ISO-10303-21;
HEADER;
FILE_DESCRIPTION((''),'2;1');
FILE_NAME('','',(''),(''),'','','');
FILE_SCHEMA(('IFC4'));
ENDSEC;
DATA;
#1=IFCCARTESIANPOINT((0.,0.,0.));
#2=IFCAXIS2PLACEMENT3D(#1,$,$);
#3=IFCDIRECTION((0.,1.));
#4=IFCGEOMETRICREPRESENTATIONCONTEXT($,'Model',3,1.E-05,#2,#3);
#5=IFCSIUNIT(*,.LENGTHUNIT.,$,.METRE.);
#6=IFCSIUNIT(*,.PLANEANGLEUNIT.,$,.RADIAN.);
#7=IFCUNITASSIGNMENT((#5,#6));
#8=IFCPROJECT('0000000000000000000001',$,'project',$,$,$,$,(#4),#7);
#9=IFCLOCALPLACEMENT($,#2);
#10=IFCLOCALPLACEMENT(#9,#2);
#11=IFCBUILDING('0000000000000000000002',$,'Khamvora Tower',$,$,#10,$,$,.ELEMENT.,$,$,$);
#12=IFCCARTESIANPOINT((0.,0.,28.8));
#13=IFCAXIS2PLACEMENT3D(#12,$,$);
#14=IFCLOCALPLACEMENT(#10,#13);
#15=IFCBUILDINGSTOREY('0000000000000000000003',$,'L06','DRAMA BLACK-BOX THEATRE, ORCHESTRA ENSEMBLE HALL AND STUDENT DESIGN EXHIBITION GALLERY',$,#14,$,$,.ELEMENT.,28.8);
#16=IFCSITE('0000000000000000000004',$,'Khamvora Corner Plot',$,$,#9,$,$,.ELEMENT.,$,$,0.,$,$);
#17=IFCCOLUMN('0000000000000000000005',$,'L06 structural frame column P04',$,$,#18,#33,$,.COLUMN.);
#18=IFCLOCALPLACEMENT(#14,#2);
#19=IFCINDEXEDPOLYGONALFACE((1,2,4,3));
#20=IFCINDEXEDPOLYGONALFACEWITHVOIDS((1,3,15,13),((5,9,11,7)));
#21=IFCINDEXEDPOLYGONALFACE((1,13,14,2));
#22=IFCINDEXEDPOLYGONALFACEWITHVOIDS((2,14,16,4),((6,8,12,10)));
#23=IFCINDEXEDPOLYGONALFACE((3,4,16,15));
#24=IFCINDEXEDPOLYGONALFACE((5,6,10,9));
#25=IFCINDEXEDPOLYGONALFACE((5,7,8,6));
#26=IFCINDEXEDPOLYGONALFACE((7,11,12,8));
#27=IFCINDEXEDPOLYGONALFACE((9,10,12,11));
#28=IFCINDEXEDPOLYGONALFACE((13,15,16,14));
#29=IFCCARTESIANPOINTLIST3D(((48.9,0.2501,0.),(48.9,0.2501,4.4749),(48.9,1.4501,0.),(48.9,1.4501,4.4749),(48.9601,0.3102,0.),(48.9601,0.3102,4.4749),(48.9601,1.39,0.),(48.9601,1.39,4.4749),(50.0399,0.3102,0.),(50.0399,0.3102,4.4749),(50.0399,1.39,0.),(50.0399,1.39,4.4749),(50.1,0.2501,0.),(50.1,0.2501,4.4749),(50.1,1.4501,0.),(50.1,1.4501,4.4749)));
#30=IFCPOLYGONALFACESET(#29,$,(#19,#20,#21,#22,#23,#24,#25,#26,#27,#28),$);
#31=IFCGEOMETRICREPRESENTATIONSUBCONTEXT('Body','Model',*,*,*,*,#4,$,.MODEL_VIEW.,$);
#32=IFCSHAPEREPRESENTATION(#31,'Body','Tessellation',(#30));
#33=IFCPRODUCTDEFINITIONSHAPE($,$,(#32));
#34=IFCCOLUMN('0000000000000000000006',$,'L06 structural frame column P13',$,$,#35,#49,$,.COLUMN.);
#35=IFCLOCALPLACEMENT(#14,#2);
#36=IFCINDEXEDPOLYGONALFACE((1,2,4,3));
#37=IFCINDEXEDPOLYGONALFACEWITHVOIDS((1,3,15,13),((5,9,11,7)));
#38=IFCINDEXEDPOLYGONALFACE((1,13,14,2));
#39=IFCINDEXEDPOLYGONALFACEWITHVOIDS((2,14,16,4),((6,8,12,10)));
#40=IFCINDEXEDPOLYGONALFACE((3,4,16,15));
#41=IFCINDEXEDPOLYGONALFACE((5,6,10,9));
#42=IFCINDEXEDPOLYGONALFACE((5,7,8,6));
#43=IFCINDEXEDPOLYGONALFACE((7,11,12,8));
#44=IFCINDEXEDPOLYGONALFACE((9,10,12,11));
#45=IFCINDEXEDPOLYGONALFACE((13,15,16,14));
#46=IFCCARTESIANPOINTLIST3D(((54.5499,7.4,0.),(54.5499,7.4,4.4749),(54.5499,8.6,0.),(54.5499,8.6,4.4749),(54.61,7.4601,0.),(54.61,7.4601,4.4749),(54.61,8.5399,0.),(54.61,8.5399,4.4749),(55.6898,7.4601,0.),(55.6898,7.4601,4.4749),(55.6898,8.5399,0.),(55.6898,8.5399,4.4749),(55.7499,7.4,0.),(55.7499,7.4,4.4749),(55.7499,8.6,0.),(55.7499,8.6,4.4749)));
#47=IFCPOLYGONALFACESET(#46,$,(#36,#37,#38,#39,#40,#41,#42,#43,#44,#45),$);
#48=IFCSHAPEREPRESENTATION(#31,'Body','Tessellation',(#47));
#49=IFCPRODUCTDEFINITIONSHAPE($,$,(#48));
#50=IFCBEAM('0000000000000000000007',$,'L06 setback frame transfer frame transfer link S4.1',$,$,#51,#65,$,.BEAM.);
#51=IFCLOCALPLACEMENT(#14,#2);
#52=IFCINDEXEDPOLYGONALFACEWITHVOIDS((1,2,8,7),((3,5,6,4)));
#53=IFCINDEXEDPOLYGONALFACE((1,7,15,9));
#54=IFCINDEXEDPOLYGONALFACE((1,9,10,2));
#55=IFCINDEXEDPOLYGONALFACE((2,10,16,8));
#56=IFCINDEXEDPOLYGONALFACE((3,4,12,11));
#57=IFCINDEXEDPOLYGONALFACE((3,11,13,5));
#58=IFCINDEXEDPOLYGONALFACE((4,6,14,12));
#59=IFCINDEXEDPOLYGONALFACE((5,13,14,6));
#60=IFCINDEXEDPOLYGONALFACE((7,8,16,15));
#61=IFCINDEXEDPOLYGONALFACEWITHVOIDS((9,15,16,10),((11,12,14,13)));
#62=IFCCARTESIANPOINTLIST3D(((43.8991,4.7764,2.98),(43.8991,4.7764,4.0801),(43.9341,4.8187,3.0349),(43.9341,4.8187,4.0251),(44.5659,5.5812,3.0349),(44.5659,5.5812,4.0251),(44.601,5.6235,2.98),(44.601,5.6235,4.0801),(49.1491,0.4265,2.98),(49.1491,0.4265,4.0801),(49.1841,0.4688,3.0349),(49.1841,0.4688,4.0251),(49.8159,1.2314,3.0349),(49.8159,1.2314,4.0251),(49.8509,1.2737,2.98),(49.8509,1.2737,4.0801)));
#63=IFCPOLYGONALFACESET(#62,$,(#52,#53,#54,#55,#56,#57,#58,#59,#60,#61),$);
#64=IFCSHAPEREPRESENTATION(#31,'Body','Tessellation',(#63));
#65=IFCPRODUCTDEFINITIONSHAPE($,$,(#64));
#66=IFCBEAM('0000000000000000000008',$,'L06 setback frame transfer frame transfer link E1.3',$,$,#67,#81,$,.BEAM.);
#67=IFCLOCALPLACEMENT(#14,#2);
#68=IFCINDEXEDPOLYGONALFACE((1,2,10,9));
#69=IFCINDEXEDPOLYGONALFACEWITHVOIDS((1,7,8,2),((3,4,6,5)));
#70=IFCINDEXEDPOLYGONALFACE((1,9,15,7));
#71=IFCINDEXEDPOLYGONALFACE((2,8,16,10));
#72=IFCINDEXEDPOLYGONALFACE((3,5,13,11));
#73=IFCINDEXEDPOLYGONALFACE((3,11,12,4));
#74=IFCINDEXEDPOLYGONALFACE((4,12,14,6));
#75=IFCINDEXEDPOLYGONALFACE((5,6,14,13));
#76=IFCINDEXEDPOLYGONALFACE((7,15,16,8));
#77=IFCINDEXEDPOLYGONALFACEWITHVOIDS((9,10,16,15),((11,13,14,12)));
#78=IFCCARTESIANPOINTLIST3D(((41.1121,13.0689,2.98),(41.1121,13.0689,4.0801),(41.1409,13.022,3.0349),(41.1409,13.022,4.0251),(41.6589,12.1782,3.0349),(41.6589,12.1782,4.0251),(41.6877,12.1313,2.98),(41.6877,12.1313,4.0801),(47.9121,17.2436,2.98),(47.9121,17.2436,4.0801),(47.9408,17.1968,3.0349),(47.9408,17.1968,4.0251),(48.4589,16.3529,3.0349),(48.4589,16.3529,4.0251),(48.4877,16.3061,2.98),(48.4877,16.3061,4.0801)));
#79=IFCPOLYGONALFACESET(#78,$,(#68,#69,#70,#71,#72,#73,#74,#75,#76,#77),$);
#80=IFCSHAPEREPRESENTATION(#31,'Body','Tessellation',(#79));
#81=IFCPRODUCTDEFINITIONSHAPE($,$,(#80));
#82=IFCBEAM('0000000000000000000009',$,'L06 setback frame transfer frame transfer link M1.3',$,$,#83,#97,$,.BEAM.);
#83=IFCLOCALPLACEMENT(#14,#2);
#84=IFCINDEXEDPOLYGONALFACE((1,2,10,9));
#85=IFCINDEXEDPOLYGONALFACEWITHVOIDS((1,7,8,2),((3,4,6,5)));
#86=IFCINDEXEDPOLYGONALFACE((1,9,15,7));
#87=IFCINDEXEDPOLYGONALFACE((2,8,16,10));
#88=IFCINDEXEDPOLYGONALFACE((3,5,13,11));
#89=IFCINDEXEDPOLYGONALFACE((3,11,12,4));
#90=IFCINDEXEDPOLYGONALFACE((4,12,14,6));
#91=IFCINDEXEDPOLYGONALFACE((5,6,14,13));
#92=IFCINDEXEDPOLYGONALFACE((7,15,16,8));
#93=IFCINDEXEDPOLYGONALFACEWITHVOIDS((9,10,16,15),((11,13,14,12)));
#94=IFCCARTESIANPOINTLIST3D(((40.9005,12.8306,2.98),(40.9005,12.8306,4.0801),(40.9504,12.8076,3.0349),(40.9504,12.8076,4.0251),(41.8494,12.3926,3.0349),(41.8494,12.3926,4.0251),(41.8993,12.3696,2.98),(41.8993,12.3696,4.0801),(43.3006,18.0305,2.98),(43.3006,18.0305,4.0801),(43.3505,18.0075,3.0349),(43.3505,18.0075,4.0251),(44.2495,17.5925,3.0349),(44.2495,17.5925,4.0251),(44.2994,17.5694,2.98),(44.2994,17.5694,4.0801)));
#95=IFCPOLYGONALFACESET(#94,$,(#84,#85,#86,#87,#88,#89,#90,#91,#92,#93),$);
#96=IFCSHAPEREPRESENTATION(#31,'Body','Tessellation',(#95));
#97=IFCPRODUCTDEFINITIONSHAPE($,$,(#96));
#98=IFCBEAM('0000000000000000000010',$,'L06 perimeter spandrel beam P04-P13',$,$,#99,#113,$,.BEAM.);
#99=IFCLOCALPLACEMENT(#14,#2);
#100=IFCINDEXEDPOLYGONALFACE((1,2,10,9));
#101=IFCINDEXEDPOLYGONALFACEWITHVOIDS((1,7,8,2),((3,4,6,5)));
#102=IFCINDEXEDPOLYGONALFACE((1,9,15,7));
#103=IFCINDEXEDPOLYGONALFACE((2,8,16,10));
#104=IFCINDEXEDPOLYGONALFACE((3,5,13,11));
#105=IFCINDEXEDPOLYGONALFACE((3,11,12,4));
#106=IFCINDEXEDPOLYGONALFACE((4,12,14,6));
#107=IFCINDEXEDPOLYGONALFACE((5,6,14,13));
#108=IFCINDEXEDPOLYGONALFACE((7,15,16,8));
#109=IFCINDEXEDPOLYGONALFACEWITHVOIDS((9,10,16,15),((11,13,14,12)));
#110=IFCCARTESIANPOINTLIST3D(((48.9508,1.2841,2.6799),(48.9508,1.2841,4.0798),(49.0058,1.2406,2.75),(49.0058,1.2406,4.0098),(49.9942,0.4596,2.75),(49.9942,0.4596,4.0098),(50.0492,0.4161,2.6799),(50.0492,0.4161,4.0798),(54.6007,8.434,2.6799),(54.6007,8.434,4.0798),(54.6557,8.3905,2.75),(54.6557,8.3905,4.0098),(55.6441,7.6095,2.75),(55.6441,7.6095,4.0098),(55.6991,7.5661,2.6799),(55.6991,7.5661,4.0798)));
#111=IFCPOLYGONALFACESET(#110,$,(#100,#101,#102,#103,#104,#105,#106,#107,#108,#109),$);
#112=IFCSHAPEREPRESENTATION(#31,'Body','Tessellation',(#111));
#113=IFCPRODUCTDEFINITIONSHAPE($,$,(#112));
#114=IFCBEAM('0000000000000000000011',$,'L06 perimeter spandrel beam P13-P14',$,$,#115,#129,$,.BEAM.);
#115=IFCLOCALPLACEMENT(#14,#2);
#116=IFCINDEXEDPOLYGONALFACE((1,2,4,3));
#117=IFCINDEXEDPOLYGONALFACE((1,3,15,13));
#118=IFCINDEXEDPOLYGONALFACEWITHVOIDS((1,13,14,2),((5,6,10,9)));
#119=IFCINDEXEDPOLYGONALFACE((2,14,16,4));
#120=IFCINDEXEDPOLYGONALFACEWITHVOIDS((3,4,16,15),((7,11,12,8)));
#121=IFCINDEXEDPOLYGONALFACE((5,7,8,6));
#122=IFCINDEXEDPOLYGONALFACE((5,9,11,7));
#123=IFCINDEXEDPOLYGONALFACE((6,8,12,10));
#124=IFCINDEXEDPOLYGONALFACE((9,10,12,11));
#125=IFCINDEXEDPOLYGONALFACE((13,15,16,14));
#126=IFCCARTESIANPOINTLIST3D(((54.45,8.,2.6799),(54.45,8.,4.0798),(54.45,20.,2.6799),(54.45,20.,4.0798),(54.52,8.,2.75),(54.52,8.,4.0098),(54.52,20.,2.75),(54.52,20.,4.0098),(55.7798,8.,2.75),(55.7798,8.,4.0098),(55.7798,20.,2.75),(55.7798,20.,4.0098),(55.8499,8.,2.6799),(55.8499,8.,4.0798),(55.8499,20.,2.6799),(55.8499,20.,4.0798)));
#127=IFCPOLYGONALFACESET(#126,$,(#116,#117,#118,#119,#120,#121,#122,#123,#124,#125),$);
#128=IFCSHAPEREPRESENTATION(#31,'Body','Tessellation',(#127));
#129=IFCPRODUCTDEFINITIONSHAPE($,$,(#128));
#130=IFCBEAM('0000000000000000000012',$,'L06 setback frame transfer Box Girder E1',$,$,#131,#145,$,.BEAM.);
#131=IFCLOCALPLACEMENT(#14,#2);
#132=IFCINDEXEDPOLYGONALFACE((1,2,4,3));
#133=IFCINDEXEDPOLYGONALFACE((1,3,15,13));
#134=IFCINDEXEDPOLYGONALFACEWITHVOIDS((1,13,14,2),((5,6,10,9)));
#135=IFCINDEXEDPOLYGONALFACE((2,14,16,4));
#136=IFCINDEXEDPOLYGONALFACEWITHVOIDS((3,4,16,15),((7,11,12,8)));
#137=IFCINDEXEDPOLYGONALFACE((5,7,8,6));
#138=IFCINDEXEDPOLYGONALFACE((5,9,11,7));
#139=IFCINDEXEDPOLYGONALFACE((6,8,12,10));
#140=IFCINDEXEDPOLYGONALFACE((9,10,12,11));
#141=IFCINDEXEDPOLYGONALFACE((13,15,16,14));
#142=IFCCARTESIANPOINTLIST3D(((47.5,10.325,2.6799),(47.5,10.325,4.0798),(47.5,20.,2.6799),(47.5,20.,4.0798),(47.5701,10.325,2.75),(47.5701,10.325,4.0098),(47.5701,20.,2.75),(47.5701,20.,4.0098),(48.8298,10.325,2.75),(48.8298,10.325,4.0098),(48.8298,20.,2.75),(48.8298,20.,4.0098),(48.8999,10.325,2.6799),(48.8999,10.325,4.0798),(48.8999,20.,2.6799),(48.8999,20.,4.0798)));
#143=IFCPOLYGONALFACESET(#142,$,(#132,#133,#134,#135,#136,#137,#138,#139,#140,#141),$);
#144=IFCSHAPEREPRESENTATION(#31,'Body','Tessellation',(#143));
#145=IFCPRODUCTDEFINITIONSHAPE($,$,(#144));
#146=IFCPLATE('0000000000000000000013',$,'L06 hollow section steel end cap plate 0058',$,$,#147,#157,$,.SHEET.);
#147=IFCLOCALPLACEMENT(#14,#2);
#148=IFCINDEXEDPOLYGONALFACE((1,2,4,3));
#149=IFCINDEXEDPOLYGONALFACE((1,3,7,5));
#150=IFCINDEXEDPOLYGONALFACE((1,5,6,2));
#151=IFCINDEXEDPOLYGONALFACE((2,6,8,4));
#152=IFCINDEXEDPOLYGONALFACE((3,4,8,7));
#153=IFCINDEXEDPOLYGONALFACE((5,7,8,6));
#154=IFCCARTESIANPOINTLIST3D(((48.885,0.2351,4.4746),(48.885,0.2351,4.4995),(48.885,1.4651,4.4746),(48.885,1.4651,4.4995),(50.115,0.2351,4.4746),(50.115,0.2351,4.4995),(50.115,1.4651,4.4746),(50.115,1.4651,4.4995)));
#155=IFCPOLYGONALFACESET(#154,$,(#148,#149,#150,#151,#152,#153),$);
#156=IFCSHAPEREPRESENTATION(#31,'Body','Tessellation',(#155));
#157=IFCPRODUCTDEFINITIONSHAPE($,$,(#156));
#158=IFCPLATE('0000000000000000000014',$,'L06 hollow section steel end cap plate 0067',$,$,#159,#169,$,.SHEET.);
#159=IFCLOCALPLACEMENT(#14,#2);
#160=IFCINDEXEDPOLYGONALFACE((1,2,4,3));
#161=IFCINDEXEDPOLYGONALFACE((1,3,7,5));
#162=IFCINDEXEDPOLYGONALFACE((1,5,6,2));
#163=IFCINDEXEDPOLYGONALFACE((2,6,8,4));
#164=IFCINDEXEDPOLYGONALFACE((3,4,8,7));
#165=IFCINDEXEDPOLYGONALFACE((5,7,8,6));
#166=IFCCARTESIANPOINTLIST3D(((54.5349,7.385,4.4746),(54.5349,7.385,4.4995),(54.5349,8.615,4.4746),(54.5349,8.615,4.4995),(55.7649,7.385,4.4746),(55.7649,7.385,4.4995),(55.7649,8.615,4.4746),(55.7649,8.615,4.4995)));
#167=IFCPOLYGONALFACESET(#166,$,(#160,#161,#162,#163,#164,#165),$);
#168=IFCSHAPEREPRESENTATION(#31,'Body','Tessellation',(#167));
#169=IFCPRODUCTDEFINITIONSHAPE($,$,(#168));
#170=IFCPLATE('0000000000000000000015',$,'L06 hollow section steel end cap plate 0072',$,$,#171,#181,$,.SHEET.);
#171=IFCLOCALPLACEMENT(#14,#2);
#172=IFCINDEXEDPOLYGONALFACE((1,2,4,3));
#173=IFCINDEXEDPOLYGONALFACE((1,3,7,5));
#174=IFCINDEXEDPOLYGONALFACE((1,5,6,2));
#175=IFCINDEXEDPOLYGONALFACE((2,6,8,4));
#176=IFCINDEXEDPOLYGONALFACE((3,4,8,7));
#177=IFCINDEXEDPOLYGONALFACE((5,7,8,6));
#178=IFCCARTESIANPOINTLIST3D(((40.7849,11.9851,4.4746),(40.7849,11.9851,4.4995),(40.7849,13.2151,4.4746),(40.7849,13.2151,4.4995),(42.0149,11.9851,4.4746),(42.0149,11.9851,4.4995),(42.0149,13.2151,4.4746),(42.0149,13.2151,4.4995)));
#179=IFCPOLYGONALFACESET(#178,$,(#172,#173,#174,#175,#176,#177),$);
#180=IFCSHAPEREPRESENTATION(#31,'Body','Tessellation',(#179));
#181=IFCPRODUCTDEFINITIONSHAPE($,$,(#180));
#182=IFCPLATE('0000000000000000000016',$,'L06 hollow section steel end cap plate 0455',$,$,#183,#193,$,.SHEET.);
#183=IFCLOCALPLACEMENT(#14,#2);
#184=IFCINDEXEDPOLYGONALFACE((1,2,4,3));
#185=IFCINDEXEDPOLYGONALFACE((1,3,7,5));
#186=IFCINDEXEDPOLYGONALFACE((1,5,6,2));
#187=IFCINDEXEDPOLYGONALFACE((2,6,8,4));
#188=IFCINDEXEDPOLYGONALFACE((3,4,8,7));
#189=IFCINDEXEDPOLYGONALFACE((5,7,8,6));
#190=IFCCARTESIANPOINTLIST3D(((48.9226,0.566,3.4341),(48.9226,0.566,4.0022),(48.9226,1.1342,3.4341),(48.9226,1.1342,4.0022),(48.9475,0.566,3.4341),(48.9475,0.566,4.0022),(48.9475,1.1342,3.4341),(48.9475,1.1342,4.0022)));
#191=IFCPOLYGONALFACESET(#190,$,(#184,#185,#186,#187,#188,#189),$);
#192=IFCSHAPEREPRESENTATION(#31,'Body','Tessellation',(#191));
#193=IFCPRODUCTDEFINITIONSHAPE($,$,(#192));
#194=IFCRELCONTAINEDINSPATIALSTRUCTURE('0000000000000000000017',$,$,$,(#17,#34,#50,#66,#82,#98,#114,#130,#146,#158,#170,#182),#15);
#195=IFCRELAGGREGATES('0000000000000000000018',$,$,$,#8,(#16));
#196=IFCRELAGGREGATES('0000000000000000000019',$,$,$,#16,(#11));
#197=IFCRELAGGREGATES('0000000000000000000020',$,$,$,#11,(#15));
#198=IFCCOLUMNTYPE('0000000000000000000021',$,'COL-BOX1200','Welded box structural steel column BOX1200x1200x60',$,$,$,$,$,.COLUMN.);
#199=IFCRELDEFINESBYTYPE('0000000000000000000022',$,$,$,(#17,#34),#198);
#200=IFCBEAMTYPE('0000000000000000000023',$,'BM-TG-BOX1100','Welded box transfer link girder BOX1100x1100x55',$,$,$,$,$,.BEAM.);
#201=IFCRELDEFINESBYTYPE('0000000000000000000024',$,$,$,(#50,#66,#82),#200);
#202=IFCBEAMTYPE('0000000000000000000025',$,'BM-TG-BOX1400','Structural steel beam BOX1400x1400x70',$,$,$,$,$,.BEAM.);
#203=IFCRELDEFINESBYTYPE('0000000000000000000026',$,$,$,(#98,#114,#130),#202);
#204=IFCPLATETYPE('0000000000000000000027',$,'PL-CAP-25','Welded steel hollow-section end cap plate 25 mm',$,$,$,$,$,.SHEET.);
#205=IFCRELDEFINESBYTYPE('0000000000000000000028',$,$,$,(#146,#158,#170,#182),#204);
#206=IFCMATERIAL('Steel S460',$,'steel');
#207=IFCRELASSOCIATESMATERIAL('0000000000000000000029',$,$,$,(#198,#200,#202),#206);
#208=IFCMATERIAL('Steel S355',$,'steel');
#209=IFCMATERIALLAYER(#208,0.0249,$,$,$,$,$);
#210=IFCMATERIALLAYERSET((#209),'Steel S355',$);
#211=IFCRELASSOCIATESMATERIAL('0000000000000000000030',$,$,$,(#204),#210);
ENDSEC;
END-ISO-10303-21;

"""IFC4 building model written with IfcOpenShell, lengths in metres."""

from ifc_helpers import new_model, si_unit, direction, frame, origin, origin_2d, place, context, subcontext, project, spatial, rectangle, hollow_rectangle, extrude, material, layer, layer_set, material_profile, profile_set, type_object, element, save


model = new_model("IFC4")

# Units and contexts
model_context = context("Model", 3, precision=1e-05, world=origin(), true_north=direction((0.0, 1.0)))
body_context = subcontext(model_context, "Body", "Model", "MODEL_VIEW")
ifc_project = project(units=[si_unit("LENGTHUNIT", "METRE"), si_unit("PLANEANGLEUNIT", "RADIAN")], contexts=[model_context])

# Site, building, storey
site_placement = place(None, origin())
site = spatial("IfcSite", under=ifc_project, at=site_placement, Name="Khamvora Corner Plot", CompositionType="ELEMENT", RefElevation=0.0)
building_placement = place(site_placement, origin())
building = spatial("IfcBuilding", under=site, at=building_placement, Name="Khamvora Tower", CompositionType="ELEMENT")
storey_placement = place(building_placement, frame((0.0, 0.0, 28.8)))
storey = spatial("IfcBuildingStorey", under=building, at=storey_placement, Name="L06", Description="DRAMA BLACK-BOX THEATRE, ORCHESTRA ENSEMBLE HALL AND STUDENT DESIGN EXHIBITION GALLERY", CompositionType="ELEMENT", Elevation=28.8)

# Columns
ifc_material_1 = material(Name="Steel S460", Category="steel")
ifc_material_profile_1 = material_profile(ifc_material_1, hollow_rectangle(XDim=1.2, YDim=1.2, WallThickness=0.0601, at=origin_2d()), Name="BOX1200x1200x60")
ifc_profile_set_1 = profile_set([ifc_material_profile_1], Name="Steel S460")
column_type = type_object("IfcColumnType", Name="COL-BOX1200", Description="Welded box structural steel column BOX1200x1200x60", PredefinedType="COLUMN", material=ifc_profile_set_1)
for number, where, z_axis, x_axis, name in (
    (1, (49.5, 0.8501, 0.0), (0.0, 0.0, 1.0), (1.0, 0.0, 0.0), "L06 structural frame column P04"),
    (2, (55.1499, 8.0, 0.0), (0.0, 0.0, 1.0), (1.0, 0.0, 0.0), "L06 structural frame column P13"),
):
    element("IfcColumn", number, at=place(storey_placement, frame(where, z_axis=z_axis, x_axis=x_axis)), inside=storey, type_object=column_type, Name=name, PredefinedType="COLUMN", context=body_context, shape_type="SweptSolid", body=[
        extrude(hollow_rectangle(XDim=1.2, YDim=1.2, WallThickness=0.0601, at=origin_2d()), origin(), (0.0, 0.0, 1.0), 4.4749),
    ])

# Beams
ifc_material_profile_2 = material_profile(ifc_material_1, hollow_rectangle(XDim=1.1001, YDim=1.1001, WallThickness=0.0549, at=origin_2d()), Name="BOX1100x1100x55")
ifc_profile_set_2 = profile_set([ifc_material_profile_2], Name="Steel S460")
beam_type_1 = type_object("IfcBeamType", Name="BM-TG-BOX1100", Description="Welded box transfer link girder BOX1100x1100x55", PredefinedType="BEAM", material=ifc_profile_set_2)
beam_1_placement = place(storey_placement, frame((49.5, 0.8501, 3.53), z_axis=(-0.770032, 0.638005, 0.0), x_axis=(-0.638005, -0.770032, 0.0)))
element("IfcBeam", 3, at=beam_1_placement, inside=storey, type_object=beam_type_1, Name="L06 setback frame transfer frame transfer link S4.1", PredefinedType="BEAM", context=body_context, shape_type="SweptSolid", body=[
    extrude(hollow_rectangle(XDim=1.1001, YDim=1.1001, WallThickness=0.0549, at=origin_2d()), origin(), (0.0, 0.0, 1.0), 6.8179),
])
beam_2_placement = place(storey_placement, frame((41.3999, 12.6001, 3.53), z_axis=(0.852208, 0.523203, 0.0), x_axis=(-0.523203, 0.852208, 0.0)))
element("IfcBeam", 4, at=beam_2_placement, inside=storey, type_object=beam_type_1, Name="L06 setback frame transfer frame transfer link E1.3", PredefinedType="BEAM", context=body_context, shape_type="SweptSolid", body=[
    extrude(hollow_rectangle(XDim=1.1001, YDim=1.1001, WallThickness=0.0549, at=origin_2d()), origin(), (0.0, 0.0, 1.0), 7.9792),
])
beam_3_placement = place(storey_placement, frame((41.3999, 12.6001, 3.53), z_axis=(0.419083, 0.907948, 0.0), x_axis=(-0.907948, 0.419083, 0.0)))
element("IfcBeam", 5, at=beam_3_placement, inside=storey, type_object=beam_type_1, Name="L06 setback frame transfer frame transfer link M1.3", PredefinedType="BEAM", context=body_context, shape_type="SweptSolid", body=[
    extrude(hollow_rectangle(XDim=1.1001, YDim=1.1001, WallThickness=0.0549, at=origin_2d()), origin(), (0.0, 0.0, 1.0), 5.7271),
])
ifc_material_profile_3 = material_profile(ifc_material_1, hollow_rectangle(XDim=1.3999, YDim=1.3999, WallThickness=0.0701, at=origin_2d()), Name="BOX1400x1400x70")
ifc_profile_set_3 = profile_set([ifc_material_profile_3], Name="Steel S460")
beam_type_2 = type_object("IfcBeamType", Name="BM-TG-BOX1400", Description="Structural steel beam BOX1400x1400x70", PredefinedType="BEAM", material=ifc_profile_set_3)
beam_4_placement = place(storey_placement, frame((49.5, 0.8501, 3.3799), z_axis=(0.619999, 0.784603, 0.0), x_axis=(-0.784603, 0.619999, 0.0)))
element("IfcBeam", 6, at=beam_4_placement, inside=storey, type_object=beam_type_2, Name="L06 perimeter spandrel beam P04-P13", PredefinedType="BEAM", context=body_context, shape_type="SweptSolid", body=[
    extrude(hollow_rectangle(XDim=1.3999, YDim=1.3999, WallThickness=0.0701, at=origin_2d()), origin(), (0.0, 0.0, 1.0), 9.1128),
])
beam_5_placement = place(storey_placement, frame((55.1499, 8.0, 3.3799), z_axis=(0.0, 1.0, 0.0), x_axis=(-1.0, 0.0, 0.0)))
element("IfcBeam", 7, at=beam_5_placement, inside=storey, type_object=beam_type_2, Name="L06 perimeter spandrel beam P13-P14", PredefinedType="BEAM", context=body_context, shape_type="SweptSolid", body=[
    extrude(hollow_rectangle(XDim=1.3999, YDim=1.3999, WallThickness=0.0701, at=origin_2d()), origin(), (0.0, 0.0, 1.0), 12.0),
])
beam_6_placement = place(storey_placement, frame((48.2, 10.325, 3.3799), z_axis=(0.0, 1.0, 0.0), x_axis=(-1.0, 0.0, 0.0)))
element("IfcBeam", 8, at=beam_6_placement, inside=storey, type_object=beam_type_2, Name="L06 setback frame transfer Box Girder E1", PredefinedType="BEAM", context=body_context, shape_type="SweptSolid", body=[
    extrude(hollow_rectangle(XDim=1.3999, YDim=1.3999, WallThickness=0.0701, at=origin_2d()), origin(), (0.0, 0.0, 1.0), 9.675),
])

# Plates
ifc_material_2 = material(Name="Steel S355", Category="steel")
ifc_layer_1 = layer(ifc_material_2, 0.0249)
ifc_layer_set_1 = layer_set([ifc_layer_1], Name="Steel S355")
plate_type_1 = type_object("IfcPlateType", Name="PL-CAP-25", Description="Welded steel hollow-section end cap plate 25 mm", PredefinedType="SHEET", material=ifc_layer_set_1)
for number, where, z_axis, x_axis, name in (
    (9, (49.5, 0.8501, 4.4746), (0.0, 0.0, 1.0), (1.0, 0.0, 0.0), "L06 hollow section steel end cap plate 0058"),
    (10, (55.1499, 8.0, 4.4746), (0.0, 0.0, 1.0), (1.0, 0.0, 0.0), "L06 hollow section steel end cap plate 0067"),
    (11, (41.3999, 12.6001, 4.4746), (0.0, 0.0, 1.0), (1.0, 0.0, 0.0), "L06 hollow section steel end cap plate 0072"),
):
    element("IfcPlate", number, at=place(storey_placement, frame(where, z_axis=z_axis, x_axis=x_axis)), inside=storey, type_object=plate_type_1, Name=name, PredefinedType="SHEET", context=body_context, shape_type="SweptSolid", body=[
        extrude(rectangle(XDim=1.23, YDim=1.23, at=origin_2d()), origin(), (0.0, 0.0, 1.0), 0.0249),
    ])
plate_1_placement = place(storey_placement, frame((48.9351, 0.8501, 3.4341), z_axis=(0.0, 0.0, 1.0), x_axis=(1.0, 0.0, 0.0)))
element("IfcPlate", 12, at=plate_1_placement, inside=storey, type_object=plate_type_1, Name="L06 hollow section steel end cap plate 0455", PredefinedType="SHEET", context=body_context, shape_type="SweptSolid", body=[
    extrude(rectangle(XDim=0.0249, YDim=0.5681, at=origin_2d()), origin(), (0.0, 0.0, 1.0), 0.5681),
])

save(model, "model.ifc")
